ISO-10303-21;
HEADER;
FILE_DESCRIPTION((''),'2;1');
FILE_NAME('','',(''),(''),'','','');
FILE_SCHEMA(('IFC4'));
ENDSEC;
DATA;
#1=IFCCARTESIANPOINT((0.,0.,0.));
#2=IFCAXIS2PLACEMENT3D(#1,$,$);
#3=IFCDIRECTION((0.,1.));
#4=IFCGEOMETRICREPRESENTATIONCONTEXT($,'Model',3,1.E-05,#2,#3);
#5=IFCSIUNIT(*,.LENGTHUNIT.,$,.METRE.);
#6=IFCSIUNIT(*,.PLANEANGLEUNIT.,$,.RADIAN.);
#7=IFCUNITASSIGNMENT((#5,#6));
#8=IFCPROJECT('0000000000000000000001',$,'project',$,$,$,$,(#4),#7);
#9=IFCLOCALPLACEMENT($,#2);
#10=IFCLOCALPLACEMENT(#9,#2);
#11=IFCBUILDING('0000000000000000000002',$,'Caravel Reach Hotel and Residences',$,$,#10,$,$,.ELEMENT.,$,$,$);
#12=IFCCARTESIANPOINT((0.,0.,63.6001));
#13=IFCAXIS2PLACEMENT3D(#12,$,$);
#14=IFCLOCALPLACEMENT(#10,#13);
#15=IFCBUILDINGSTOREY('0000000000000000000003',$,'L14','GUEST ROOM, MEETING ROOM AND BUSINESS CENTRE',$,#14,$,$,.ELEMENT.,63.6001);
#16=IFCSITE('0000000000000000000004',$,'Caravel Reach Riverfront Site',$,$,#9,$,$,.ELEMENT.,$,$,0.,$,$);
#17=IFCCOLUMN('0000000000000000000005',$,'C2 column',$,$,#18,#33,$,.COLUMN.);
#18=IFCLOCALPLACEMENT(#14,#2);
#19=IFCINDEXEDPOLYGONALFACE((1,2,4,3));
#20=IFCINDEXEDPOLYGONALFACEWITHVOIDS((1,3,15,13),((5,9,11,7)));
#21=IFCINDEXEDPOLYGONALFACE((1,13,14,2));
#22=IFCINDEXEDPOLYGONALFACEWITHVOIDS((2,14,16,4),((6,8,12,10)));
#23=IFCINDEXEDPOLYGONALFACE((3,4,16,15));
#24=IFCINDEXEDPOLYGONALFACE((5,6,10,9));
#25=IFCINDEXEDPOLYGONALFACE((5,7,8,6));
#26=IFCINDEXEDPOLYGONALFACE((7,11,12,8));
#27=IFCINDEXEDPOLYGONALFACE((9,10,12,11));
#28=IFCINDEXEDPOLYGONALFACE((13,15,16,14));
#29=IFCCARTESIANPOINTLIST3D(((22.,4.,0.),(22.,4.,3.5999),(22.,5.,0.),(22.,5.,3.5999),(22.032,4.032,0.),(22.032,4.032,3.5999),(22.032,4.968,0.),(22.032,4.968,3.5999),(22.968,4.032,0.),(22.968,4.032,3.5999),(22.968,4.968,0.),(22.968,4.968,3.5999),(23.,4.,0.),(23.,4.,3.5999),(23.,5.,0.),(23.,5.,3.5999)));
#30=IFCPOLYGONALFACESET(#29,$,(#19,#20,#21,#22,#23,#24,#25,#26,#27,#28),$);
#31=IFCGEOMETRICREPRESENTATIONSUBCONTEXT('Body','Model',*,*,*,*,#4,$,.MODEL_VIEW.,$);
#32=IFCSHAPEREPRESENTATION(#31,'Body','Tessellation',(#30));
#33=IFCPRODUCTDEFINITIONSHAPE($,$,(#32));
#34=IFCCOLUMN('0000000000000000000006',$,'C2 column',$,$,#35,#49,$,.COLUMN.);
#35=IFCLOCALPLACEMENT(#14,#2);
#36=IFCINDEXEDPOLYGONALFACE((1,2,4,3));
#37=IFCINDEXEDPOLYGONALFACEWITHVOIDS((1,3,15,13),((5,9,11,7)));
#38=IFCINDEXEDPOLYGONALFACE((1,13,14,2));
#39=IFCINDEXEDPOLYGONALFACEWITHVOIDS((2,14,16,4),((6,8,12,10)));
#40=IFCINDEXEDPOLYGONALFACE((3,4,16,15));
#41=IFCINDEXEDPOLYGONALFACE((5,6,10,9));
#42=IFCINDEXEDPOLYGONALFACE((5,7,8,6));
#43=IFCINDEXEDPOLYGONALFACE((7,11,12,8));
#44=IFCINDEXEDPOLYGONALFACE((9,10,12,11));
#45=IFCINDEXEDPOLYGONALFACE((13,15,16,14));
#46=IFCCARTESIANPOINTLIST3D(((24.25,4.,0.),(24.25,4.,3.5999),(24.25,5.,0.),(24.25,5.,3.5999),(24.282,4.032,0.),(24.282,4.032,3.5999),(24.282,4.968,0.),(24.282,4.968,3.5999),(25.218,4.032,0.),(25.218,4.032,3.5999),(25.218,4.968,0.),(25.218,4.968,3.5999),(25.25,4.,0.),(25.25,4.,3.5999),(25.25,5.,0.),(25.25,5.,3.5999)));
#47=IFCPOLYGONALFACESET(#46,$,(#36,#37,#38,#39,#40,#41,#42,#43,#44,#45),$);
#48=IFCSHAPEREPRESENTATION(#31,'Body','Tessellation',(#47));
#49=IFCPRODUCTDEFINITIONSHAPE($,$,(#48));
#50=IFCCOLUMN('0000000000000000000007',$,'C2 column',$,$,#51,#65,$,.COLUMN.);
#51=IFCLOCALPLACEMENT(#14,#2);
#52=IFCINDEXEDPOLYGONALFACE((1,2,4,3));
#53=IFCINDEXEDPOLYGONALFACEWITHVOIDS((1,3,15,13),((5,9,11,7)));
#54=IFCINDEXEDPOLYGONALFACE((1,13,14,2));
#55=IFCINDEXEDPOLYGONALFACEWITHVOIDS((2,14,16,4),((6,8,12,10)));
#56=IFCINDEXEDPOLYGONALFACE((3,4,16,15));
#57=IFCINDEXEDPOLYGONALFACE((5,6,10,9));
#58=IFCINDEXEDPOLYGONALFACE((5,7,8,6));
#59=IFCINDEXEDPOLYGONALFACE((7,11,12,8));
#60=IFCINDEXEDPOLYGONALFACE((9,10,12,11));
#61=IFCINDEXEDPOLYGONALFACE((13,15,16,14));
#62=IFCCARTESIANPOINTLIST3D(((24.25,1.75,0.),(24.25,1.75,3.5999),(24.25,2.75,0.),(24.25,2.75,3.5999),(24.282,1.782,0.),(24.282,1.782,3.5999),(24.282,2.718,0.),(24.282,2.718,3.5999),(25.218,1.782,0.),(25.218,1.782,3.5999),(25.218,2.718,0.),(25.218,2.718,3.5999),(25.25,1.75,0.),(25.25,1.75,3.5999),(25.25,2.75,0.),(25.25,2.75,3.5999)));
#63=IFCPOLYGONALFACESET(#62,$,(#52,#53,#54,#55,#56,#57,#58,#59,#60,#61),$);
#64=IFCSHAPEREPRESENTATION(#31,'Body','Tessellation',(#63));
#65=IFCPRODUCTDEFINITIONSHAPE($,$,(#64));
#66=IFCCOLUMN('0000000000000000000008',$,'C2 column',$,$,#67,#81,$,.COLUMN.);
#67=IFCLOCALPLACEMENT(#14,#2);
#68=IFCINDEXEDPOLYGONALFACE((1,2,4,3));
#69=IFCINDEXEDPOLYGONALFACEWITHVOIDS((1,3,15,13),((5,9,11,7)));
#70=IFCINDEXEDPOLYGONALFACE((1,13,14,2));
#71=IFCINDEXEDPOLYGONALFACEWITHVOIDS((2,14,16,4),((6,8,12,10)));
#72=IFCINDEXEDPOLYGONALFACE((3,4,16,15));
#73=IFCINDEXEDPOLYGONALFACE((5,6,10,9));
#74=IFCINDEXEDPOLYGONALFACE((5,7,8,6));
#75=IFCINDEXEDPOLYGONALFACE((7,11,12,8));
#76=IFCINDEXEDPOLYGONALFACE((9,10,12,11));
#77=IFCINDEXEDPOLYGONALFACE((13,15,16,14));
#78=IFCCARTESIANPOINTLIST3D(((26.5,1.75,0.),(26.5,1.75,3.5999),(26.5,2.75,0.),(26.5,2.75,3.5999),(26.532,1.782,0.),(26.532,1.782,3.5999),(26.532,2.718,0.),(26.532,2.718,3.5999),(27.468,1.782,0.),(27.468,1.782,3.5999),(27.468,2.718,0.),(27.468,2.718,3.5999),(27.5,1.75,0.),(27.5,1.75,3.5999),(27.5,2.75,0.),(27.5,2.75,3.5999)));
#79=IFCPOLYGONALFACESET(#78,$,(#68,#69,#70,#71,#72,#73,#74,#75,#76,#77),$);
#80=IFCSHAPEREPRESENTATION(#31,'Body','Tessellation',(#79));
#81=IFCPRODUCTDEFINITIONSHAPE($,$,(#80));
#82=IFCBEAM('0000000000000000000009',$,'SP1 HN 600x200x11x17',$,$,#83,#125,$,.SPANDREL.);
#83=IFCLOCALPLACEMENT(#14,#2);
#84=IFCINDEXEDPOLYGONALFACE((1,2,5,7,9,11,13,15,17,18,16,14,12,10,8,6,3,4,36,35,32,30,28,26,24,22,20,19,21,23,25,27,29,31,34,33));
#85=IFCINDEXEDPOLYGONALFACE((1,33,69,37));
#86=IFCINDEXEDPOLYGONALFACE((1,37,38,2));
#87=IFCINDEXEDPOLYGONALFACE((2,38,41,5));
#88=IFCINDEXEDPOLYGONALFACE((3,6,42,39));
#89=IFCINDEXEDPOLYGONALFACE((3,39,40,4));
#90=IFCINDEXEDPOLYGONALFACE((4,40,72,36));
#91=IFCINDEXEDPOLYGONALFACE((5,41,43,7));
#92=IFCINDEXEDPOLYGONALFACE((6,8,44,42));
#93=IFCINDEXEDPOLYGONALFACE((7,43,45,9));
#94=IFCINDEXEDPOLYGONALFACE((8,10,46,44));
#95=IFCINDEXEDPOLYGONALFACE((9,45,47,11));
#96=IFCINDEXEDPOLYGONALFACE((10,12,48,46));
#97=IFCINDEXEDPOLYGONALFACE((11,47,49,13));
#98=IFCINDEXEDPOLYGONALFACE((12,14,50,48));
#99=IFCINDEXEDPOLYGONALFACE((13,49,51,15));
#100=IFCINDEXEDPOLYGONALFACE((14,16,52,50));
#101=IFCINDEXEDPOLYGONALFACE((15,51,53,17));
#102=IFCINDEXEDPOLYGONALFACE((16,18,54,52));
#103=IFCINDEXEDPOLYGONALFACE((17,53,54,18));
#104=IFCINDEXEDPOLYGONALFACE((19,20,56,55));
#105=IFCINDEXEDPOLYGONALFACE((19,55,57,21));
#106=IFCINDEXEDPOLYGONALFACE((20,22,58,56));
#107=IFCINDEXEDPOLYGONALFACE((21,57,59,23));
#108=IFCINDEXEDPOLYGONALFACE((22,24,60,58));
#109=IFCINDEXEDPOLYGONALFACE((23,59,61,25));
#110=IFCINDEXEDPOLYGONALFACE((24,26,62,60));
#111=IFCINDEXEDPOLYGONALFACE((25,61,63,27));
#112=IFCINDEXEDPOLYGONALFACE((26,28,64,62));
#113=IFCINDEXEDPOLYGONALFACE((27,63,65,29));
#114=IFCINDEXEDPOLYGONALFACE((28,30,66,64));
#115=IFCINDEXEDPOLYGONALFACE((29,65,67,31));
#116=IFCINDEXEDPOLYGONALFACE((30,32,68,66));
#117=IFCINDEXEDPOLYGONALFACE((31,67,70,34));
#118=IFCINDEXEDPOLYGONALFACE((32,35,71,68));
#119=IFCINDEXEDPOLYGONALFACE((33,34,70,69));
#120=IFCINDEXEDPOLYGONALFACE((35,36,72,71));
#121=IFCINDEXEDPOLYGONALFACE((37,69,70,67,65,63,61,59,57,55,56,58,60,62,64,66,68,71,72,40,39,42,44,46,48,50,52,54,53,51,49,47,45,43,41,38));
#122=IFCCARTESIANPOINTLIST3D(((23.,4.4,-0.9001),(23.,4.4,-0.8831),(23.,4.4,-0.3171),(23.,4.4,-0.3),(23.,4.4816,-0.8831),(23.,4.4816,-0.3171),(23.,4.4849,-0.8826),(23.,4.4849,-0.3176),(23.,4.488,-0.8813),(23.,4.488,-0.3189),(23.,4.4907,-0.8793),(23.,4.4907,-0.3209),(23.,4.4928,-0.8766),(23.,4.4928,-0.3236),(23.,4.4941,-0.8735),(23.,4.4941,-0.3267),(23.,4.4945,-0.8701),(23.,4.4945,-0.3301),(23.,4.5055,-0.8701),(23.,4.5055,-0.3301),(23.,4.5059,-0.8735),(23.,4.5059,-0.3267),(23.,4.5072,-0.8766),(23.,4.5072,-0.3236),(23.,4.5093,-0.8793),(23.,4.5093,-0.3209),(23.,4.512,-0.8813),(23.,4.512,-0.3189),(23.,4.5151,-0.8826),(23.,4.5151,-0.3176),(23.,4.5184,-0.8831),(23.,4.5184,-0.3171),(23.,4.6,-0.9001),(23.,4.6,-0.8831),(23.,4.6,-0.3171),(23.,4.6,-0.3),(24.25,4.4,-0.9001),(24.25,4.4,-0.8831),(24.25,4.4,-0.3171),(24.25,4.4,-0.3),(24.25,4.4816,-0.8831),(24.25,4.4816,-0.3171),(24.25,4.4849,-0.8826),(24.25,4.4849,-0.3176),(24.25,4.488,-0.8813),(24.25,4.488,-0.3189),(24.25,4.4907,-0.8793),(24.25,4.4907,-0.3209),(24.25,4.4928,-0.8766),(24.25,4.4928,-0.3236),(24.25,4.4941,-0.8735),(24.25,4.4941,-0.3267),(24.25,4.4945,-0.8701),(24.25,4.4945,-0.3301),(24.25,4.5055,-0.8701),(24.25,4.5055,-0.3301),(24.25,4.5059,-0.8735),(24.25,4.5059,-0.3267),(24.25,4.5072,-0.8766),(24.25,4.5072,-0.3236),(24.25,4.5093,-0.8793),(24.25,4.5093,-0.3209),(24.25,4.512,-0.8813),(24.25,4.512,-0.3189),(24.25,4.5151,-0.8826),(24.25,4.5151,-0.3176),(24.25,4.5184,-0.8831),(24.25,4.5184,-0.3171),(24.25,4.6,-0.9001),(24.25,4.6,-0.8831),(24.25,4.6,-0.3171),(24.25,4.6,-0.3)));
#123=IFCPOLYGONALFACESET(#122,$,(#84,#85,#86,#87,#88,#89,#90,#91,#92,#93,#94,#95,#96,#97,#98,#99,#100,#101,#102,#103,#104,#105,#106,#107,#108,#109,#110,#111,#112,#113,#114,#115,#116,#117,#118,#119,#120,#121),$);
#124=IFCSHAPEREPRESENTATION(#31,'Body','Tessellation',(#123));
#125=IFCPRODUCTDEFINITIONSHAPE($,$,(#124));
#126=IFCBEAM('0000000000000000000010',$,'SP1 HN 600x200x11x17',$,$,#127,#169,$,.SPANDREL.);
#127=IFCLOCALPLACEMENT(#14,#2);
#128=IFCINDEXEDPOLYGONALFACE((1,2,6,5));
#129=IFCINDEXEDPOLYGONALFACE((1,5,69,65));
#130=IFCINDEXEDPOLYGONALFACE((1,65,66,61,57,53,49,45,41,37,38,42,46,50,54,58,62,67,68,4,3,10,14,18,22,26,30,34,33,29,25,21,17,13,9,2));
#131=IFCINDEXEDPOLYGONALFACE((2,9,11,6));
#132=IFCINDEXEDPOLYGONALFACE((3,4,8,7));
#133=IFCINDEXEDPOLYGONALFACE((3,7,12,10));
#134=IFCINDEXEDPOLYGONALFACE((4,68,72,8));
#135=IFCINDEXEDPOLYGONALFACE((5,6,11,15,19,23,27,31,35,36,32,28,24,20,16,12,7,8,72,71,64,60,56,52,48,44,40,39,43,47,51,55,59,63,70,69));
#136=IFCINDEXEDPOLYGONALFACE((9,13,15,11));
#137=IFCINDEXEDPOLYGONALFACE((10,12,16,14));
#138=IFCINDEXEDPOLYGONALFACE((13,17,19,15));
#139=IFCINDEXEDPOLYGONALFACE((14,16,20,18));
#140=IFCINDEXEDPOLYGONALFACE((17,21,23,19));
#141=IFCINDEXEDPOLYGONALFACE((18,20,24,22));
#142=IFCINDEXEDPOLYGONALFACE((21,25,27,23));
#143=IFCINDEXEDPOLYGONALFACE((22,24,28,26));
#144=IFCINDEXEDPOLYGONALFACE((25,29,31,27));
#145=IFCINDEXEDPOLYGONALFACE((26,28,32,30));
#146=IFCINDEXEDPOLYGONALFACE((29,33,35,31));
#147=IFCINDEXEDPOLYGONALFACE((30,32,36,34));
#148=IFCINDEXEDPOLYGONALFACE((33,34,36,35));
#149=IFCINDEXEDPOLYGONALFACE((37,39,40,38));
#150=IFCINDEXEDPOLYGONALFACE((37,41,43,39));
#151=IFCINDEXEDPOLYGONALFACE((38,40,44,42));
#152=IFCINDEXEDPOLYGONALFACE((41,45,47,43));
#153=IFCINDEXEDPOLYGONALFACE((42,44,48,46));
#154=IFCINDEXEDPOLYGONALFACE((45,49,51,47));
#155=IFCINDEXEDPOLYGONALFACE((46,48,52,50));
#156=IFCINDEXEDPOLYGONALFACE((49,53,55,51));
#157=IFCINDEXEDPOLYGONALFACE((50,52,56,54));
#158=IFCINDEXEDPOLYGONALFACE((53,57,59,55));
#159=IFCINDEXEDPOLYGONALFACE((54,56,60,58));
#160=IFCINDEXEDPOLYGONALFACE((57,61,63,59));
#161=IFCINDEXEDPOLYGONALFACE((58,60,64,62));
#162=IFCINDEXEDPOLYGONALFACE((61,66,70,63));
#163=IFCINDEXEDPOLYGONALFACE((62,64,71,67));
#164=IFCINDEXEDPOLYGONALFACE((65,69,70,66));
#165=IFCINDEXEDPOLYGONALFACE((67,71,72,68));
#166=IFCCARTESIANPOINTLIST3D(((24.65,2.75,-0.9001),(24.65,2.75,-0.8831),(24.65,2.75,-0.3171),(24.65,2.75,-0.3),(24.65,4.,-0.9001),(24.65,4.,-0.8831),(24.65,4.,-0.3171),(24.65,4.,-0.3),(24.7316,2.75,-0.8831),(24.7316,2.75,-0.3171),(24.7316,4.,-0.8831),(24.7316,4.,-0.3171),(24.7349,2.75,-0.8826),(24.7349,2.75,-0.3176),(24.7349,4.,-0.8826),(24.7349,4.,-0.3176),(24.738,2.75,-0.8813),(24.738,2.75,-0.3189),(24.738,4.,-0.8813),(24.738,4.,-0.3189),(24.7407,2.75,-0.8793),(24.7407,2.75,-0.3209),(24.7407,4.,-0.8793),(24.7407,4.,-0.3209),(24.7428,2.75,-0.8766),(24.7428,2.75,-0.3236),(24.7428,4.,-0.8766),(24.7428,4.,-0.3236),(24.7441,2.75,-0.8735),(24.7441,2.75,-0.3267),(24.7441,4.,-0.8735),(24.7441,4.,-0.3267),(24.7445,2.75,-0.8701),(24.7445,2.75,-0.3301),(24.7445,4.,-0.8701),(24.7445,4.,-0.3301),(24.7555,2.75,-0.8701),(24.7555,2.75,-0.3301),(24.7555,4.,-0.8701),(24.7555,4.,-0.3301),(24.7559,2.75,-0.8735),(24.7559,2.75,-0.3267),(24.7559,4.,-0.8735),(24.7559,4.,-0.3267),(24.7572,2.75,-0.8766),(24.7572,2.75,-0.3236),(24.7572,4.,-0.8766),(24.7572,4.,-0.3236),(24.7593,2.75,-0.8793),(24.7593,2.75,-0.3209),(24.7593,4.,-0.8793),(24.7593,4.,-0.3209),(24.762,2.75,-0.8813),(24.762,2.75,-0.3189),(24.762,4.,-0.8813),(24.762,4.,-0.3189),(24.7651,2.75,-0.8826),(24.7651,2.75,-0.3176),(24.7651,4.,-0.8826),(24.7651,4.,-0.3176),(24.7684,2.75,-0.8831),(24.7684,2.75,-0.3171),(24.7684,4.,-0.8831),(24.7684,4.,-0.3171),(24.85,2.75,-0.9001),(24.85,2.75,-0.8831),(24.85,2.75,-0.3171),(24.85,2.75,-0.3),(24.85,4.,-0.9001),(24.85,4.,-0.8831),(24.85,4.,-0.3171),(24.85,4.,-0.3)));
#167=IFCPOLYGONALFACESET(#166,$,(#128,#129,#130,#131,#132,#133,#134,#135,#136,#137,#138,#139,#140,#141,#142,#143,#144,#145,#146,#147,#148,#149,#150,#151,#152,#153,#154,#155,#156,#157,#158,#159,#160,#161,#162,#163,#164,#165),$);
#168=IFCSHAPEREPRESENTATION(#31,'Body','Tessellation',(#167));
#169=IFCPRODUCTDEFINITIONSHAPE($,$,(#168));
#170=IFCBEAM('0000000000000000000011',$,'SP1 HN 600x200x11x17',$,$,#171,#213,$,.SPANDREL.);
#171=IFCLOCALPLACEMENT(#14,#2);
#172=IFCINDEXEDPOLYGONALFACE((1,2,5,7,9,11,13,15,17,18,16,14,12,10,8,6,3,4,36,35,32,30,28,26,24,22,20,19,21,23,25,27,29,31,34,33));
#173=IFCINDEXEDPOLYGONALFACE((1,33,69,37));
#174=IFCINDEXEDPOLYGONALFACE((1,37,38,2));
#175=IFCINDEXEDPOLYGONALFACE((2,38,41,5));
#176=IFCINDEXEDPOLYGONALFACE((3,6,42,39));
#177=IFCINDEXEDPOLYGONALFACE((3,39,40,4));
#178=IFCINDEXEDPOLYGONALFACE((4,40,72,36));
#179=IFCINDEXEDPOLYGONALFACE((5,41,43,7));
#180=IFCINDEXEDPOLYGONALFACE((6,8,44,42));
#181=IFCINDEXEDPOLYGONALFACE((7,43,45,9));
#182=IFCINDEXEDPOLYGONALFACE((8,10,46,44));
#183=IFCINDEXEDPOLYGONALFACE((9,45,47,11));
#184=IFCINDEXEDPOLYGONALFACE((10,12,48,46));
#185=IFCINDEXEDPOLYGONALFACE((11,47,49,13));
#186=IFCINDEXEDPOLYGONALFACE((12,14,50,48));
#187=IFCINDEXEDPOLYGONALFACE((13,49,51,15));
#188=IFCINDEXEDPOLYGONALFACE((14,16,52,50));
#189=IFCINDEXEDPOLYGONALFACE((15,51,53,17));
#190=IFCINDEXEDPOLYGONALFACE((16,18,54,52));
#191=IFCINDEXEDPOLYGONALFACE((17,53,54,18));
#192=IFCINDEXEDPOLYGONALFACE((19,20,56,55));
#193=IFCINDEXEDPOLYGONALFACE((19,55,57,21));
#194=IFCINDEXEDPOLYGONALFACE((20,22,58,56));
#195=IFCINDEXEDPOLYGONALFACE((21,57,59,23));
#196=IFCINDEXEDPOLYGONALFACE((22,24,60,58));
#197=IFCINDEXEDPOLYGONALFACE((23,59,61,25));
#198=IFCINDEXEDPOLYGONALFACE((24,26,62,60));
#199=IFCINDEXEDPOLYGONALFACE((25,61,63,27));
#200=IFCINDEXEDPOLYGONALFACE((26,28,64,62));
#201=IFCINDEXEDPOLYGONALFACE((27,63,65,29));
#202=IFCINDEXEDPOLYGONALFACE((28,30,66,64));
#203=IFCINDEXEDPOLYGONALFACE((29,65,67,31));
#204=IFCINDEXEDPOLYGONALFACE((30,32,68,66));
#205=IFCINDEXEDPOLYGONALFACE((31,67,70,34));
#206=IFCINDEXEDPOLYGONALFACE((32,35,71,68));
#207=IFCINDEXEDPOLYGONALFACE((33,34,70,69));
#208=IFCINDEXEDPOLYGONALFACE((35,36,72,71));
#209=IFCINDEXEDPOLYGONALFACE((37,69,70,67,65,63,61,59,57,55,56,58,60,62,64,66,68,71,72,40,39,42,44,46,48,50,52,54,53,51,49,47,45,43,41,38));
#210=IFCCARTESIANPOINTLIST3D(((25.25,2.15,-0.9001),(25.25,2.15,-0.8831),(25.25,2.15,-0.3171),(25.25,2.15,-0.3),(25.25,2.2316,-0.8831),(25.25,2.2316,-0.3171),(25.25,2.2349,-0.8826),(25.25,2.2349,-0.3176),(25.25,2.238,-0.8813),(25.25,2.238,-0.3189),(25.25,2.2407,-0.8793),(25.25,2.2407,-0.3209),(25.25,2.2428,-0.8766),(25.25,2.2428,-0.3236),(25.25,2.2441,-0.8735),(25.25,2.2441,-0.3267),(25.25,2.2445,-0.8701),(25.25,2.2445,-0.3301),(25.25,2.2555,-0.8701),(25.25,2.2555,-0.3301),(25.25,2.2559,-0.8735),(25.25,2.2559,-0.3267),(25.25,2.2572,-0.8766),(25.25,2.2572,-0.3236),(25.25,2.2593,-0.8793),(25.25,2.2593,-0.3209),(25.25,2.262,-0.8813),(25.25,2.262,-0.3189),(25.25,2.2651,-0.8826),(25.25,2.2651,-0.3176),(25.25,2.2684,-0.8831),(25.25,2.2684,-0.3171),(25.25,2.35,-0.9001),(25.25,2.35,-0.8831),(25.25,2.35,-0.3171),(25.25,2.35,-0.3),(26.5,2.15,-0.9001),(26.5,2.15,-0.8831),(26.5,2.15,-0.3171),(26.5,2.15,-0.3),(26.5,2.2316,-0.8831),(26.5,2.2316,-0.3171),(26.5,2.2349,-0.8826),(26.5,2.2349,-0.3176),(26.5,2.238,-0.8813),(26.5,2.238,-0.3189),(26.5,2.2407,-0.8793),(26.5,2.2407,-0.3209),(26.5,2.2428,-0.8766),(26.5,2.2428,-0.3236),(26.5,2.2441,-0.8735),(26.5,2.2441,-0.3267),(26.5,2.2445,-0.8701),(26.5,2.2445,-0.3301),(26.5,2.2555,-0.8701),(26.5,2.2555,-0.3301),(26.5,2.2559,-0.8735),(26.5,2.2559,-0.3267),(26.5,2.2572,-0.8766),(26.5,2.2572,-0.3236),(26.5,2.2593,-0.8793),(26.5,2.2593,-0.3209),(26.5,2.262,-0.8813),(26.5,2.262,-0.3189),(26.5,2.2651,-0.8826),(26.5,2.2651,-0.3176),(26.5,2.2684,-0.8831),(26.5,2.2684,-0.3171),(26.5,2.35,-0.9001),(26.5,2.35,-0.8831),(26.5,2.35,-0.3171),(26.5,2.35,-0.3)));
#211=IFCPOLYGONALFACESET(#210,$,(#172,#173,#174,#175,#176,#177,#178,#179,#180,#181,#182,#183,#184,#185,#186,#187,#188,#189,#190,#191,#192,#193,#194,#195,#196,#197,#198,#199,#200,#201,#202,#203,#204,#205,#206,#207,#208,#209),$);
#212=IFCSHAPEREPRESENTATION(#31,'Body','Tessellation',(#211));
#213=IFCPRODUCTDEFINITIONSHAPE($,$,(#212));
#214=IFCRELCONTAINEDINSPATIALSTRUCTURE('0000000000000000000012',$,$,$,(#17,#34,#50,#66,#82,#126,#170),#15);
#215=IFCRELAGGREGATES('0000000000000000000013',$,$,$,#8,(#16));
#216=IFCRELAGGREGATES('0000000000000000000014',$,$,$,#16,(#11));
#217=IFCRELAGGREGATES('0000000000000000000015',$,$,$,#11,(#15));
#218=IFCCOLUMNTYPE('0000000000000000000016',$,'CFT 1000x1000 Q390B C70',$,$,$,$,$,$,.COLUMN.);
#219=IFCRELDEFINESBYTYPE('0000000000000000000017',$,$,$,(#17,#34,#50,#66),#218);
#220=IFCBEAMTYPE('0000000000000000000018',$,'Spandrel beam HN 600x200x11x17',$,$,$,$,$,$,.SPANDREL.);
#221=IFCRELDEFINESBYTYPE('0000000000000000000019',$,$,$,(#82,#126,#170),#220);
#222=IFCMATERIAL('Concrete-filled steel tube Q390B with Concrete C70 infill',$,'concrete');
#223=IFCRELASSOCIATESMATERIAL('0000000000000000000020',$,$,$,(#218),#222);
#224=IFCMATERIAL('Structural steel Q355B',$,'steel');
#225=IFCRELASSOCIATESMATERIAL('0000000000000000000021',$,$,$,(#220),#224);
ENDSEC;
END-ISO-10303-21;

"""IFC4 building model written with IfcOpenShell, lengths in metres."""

from ifc_helpers import new_model, si_unit, direction, frame, origin, origin_2d, place, context, subcontext, project, spatial, hollow_rectangle, i_section, extrude, material, material_profile, profile_set, type_object, element, save


model = new_model("IFC4")

# Units and contexts
model_context = context("Model", 3, precision=1e-05, world=origin(), true_north=direction((0.0, 1.0)))
body_context = subcontext(model_context, "Body", "Model", "MODEL_VIEW")
ifc_project = project(units=[si_unit("LENGTHUNIT", "METRE"), si_unit("PLANEANGLEUNIT", "RADIAN")], contexts=[model_context])

# Site, building, storey
site_placement = place(None, origin())
site = spatial("IfcSite", under=ifc_project, at=site_placement, Name="Caravel Reach Riverfront Site", CompositionType="ELEMENT", RefElevation=0.0)
building_placement = place(site_placement, origin())
building = spatial("IfcBuilding", under=site, at=building_placement, Name="Caravel Reach Hotel and Residences", CompositionType="ELEMENT")
storey_placement = place(building_placement, frame((0.0, 0.0, 63.6001)))
storey = spatial("IfcBuildingStorey", under=building, at=storey_placement, Name="L14", Description="GUEST ROOM, MEETING ROOM AND BUSINESS CENTRE", CompositionType="ELEMENT", Elevation=63.6001)

# Columns
ifc_material_1 = material(Name="Concrete-filled steel tube Q390B with Concrete C70 infill", Category="concrete")
ifc_material_profile_1 = material_profile(ifc_material_1, hollow_rectangle(XDim=1.0, YDim=1.0, WallThickness=0.032, at=origin_2d()), Name="RHS 1000x1000x32")
ifc_profile_set_1 = profile_set([ifc_material_profile_1], Name="Concrete-filled steel tube Q390B with Concrete C70 infill")
column_type = type_object("IfcColumnType", Name="CFT 1000x1000 Q390B C70", PredefinedType="COLUMN", material=ifc_profile_set_1)
for number, where, z_axis, x_axis, name in (
    (1, (22.5, 4.5, 0.0), (0.0, 0.0, 1.0), (1.0, 0.0, 0.0), "C2 column"),
    (2, (24.75, 4.5, 0.0), (0.0, 0.0, 1.0), (1.0, 0.0, 0.0), "C2 column"),
    (3, (24.75, 2.25, 0.0), (0.0, 0.0, 1.0), (1.0, 0.0, 0.0), "C2 column"),
    (4, (27.0, 2.25, 0.0), (0.0, 0.0, 1.0), (1.0, 0.0, 0.0), "C2 column"),
):
    element("IfcColumn", number, at=place(storey_placement, frame(where, z_axis=z_axis, x_axis=x_axis)), inside=storey, type_object=column_type, Name=name, PredefinedType="COLUMN", context=body_context, shape_type="SweptSolid", body=[
        extrude(hollow_rectangle(XDim=1.0, YDim=1.0, WallThickness=0.032, at=origin_2d()), origin(), (0.0, 0.0, 1.0), 3.5999),
    ])

# Beams
ifc_material_2 = material(Name="Structural steel Q355B", Category="steel")
ifc_material_profile_2 = material_profile(ifc_material_2, i_section(OverallWidth=0.2, OverallDepth=0.6001, WebThickness=0.011, FlangeThickness=0.0171, FilletRadius=0.0129, at=origin_2d()), Name="HN 600x200x11x17")
ifc_profile_set_2 = profile_set([ifc_material_profile_2], Name="Structural steel Q355B")
beam_type = type_object("IfcBeamType", Name="Spandrel beam HN 600x200x11x17", PredefinedType="SPANDREL", material=ifc_profile_set_2)
for number, where, z_axis, x_axis, name in (
    (5, (23.0, 4.5, -0.6001), (1.0, 0.0, 0.0), (0.0, 1.0, 0.0), "SP1 HN 600x200x11x17"),
    (6, (24.75, 4.0, -0.6001), (0.0, -1.0, 0.0), (1.0, 0.0, 0.0), "SP1 HN 600x200x11x17"),
    (7, (25.25, 2.25, -0.6001), (1.0, 0.0, 0.0), (0.0, 1.0, 0.0), "SP1 HN 600x200x11x17"),
):
    element("IfcBeam", number, at=place(storey_placement, frame(where, z_axis=z_axis, x_axis=x_axis)), inside=storey, type_object=beam_type, Name=name, PredefinedType="SPANDREL", context=body_context, shape_type="SweptSolid", body=[
        extrude(i_section(OverallWidth=0.2, OverallDepth=0.6001, WebThickness=0.011, FlangeThickness=0.0171, FilletRadius=0.0129, at=origin_2d()), origin(), (0.0, 0.0, 1.0), 1.25),
    ])

save(model, "model.ifc")
